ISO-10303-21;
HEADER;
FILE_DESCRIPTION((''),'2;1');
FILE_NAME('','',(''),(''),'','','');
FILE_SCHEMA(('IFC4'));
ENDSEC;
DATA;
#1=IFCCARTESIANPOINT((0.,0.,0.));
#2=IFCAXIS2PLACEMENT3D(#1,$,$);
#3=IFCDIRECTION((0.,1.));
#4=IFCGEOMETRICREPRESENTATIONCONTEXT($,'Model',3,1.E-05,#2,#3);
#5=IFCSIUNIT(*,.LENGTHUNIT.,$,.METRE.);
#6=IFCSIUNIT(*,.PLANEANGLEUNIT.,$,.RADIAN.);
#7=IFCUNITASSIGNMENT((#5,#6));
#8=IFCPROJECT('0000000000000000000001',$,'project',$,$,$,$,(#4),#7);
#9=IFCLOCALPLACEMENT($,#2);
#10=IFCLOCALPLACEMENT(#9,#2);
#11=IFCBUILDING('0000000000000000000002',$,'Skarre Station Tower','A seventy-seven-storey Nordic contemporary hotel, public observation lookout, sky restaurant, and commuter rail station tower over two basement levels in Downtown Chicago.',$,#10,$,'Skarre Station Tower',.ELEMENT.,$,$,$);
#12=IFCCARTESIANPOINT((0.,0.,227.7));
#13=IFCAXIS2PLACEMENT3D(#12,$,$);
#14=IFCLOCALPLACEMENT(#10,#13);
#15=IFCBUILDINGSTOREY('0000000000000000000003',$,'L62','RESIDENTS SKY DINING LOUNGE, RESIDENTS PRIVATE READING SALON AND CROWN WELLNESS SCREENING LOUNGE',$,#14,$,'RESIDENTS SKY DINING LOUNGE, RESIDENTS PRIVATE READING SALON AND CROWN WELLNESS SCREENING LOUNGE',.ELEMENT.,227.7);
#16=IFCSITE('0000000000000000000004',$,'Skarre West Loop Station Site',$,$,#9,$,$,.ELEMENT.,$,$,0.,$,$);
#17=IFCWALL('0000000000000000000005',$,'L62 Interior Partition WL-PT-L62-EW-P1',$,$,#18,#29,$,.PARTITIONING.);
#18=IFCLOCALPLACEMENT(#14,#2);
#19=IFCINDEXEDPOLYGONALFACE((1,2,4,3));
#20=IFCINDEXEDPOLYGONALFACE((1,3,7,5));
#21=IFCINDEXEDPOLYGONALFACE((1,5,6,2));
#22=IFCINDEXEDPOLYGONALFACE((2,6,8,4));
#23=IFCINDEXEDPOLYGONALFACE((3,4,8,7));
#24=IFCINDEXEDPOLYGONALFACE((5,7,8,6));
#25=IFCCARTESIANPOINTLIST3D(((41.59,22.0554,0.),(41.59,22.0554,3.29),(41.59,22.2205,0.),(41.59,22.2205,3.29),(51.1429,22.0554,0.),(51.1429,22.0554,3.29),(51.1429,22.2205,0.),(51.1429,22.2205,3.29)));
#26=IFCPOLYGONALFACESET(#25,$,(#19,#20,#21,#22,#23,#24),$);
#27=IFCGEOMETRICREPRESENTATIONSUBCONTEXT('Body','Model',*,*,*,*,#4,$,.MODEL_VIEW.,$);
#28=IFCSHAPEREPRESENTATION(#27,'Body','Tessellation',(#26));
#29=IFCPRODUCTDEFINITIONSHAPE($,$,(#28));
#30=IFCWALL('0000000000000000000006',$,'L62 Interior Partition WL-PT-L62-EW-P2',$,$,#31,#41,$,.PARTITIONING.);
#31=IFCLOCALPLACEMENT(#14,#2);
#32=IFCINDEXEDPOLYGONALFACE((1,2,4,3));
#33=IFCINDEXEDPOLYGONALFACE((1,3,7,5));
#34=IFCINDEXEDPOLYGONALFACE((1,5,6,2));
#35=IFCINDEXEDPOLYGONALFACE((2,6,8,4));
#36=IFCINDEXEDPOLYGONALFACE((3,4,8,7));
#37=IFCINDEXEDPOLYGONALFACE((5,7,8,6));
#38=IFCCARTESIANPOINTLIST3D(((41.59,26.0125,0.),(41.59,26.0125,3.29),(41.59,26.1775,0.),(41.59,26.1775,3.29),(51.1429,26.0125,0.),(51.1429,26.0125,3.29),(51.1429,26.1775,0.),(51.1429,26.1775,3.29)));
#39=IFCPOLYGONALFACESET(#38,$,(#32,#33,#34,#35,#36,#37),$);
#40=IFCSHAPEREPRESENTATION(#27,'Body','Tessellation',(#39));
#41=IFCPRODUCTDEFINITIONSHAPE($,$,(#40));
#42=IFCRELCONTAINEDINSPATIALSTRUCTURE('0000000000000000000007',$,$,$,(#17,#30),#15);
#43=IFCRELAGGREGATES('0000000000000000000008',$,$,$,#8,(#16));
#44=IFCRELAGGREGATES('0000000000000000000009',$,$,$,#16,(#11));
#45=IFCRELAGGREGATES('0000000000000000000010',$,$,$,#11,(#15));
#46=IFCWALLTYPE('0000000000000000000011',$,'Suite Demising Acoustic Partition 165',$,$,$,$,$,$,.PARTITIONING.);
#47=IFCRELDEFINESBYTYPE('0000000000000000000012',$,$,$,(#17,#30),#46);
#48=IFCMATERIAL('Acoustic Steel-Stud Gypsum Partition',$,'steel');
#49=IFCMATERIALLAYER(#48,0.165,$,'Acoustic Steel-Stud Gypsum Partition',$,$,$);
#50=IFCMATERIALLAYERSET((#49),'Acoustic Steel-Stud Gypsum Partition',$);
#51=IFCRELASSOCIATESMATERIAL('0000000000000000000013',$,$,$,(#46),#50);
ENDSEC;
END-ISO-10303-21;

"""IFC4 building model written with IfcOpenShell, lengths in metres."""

from ifc_helpers import new_model, si_unit, direction, frame, frame_2d, origin, place, context, subcontext, project, spatial, rectangle, extrude, material, layer, layer_set, type_object, element, save


model = new_model("IFC4")

# Units and contexts
model_context = context("Model", 3, precision=1e-05, world=origin(), true_north=direction((0.0, 1.0)))
body_context = subcontext(model_context, "Body", "Model", "MODEL_VIEW")
ifc_project = project(units=[si_unit("LENGTHUNIT", "METRE"), si_unit("PLANEANGLEUNIT", "RADIAN")], contexts=[model_context])

# Site, building, storey
site_placement = place(None, origin())
site = spatial("IfcSite", under=ifc_project, at=site_placement, Name="Skarre West Loop Station Site", CompositionType="ELEMENT", RefElevation=0.0)
building_placement = place(site_placement, origin())
building = spatial("IfcBuilding", under=site, at=building_placement, Name="Skarre Station Tower", Description="A seventy-seven-storey Nordic contemporary hotel, public observation lookout, sky restaurant, and commuter rail station tower over two basement levels in Downtown Chicago.", LongName="Skarre Station Tower", CompositionType="ELEMENT")
storey_placement = place(building_placement, frame((0.0, 0.0, 227.7)))
storey = spatial("IfcBuildingStorey", under=building, at=storey_placement, Name="L62", Description="RESIDENTS SKY DINING LOUNGE, RESIDENTS PRIVATE READING SALON AND CROWN WELLNESS SCREENING LOUNGE", LongName="RESIDENTS SKY DINING LOUNGE, RESIDENTS PRIVATE READING SALON AND CROWN WELLNESS SCREENING LOUNGE", CompositionType="ELEMENT", Elevation=227.7)

# Shared definitions
ifc_material_1 = material(Name="Acoustic Steel-Stud Gypsum Partition", Category="steel")

# Walls
ifc_layer_1 = layer(ifc_material_1, 0.165, Name="Acoustic Steel-Stud Gypsum Partition")
ifc_layer_set_1 = layer_set([ifc_layer_1], Name="Acoustic Steel-Stud Gypsum Partition")
wall_type_1 = type_object("IfcWallType", Name="Suite Demising Acoustic Partition 165", PredefinedType="PARTITIONING", material=ifc_layer_set_1)
for number, where, z_axis, x_axis, name in (
    (1, (41.5901, 22.1379, 0.0), (0.0, 0.0, 1.0), (1.0, 0.0, 0.0), "L62 Interior Partition WL-PT-L62-EW-P1"),
    (2, (41.5901, 26.095, 0.0), (0.0, 0.0, 1.0), (1.0, 0.0, 0.0), "L62 Interior Partition WL-PT-L62-EW-P2"),
):
    element("IfcWall", number, at=place(storey_placement, frame(where, z_axis=z_axis, x_axis=x_axis)), inside=storey, type_object=wall_type_1, Name=name, PredefinedType="PARTITIONING", context=body_context, shape_type="SweptSolid", body=[
        extrude(rectangle(XDim=9.553, YDim=0.165, at=frame_2d((4.7764, 0.0))), origin(), (0.0, 0.0, 1.0), 3.29),
    ])

save(model, "model.ifc")
